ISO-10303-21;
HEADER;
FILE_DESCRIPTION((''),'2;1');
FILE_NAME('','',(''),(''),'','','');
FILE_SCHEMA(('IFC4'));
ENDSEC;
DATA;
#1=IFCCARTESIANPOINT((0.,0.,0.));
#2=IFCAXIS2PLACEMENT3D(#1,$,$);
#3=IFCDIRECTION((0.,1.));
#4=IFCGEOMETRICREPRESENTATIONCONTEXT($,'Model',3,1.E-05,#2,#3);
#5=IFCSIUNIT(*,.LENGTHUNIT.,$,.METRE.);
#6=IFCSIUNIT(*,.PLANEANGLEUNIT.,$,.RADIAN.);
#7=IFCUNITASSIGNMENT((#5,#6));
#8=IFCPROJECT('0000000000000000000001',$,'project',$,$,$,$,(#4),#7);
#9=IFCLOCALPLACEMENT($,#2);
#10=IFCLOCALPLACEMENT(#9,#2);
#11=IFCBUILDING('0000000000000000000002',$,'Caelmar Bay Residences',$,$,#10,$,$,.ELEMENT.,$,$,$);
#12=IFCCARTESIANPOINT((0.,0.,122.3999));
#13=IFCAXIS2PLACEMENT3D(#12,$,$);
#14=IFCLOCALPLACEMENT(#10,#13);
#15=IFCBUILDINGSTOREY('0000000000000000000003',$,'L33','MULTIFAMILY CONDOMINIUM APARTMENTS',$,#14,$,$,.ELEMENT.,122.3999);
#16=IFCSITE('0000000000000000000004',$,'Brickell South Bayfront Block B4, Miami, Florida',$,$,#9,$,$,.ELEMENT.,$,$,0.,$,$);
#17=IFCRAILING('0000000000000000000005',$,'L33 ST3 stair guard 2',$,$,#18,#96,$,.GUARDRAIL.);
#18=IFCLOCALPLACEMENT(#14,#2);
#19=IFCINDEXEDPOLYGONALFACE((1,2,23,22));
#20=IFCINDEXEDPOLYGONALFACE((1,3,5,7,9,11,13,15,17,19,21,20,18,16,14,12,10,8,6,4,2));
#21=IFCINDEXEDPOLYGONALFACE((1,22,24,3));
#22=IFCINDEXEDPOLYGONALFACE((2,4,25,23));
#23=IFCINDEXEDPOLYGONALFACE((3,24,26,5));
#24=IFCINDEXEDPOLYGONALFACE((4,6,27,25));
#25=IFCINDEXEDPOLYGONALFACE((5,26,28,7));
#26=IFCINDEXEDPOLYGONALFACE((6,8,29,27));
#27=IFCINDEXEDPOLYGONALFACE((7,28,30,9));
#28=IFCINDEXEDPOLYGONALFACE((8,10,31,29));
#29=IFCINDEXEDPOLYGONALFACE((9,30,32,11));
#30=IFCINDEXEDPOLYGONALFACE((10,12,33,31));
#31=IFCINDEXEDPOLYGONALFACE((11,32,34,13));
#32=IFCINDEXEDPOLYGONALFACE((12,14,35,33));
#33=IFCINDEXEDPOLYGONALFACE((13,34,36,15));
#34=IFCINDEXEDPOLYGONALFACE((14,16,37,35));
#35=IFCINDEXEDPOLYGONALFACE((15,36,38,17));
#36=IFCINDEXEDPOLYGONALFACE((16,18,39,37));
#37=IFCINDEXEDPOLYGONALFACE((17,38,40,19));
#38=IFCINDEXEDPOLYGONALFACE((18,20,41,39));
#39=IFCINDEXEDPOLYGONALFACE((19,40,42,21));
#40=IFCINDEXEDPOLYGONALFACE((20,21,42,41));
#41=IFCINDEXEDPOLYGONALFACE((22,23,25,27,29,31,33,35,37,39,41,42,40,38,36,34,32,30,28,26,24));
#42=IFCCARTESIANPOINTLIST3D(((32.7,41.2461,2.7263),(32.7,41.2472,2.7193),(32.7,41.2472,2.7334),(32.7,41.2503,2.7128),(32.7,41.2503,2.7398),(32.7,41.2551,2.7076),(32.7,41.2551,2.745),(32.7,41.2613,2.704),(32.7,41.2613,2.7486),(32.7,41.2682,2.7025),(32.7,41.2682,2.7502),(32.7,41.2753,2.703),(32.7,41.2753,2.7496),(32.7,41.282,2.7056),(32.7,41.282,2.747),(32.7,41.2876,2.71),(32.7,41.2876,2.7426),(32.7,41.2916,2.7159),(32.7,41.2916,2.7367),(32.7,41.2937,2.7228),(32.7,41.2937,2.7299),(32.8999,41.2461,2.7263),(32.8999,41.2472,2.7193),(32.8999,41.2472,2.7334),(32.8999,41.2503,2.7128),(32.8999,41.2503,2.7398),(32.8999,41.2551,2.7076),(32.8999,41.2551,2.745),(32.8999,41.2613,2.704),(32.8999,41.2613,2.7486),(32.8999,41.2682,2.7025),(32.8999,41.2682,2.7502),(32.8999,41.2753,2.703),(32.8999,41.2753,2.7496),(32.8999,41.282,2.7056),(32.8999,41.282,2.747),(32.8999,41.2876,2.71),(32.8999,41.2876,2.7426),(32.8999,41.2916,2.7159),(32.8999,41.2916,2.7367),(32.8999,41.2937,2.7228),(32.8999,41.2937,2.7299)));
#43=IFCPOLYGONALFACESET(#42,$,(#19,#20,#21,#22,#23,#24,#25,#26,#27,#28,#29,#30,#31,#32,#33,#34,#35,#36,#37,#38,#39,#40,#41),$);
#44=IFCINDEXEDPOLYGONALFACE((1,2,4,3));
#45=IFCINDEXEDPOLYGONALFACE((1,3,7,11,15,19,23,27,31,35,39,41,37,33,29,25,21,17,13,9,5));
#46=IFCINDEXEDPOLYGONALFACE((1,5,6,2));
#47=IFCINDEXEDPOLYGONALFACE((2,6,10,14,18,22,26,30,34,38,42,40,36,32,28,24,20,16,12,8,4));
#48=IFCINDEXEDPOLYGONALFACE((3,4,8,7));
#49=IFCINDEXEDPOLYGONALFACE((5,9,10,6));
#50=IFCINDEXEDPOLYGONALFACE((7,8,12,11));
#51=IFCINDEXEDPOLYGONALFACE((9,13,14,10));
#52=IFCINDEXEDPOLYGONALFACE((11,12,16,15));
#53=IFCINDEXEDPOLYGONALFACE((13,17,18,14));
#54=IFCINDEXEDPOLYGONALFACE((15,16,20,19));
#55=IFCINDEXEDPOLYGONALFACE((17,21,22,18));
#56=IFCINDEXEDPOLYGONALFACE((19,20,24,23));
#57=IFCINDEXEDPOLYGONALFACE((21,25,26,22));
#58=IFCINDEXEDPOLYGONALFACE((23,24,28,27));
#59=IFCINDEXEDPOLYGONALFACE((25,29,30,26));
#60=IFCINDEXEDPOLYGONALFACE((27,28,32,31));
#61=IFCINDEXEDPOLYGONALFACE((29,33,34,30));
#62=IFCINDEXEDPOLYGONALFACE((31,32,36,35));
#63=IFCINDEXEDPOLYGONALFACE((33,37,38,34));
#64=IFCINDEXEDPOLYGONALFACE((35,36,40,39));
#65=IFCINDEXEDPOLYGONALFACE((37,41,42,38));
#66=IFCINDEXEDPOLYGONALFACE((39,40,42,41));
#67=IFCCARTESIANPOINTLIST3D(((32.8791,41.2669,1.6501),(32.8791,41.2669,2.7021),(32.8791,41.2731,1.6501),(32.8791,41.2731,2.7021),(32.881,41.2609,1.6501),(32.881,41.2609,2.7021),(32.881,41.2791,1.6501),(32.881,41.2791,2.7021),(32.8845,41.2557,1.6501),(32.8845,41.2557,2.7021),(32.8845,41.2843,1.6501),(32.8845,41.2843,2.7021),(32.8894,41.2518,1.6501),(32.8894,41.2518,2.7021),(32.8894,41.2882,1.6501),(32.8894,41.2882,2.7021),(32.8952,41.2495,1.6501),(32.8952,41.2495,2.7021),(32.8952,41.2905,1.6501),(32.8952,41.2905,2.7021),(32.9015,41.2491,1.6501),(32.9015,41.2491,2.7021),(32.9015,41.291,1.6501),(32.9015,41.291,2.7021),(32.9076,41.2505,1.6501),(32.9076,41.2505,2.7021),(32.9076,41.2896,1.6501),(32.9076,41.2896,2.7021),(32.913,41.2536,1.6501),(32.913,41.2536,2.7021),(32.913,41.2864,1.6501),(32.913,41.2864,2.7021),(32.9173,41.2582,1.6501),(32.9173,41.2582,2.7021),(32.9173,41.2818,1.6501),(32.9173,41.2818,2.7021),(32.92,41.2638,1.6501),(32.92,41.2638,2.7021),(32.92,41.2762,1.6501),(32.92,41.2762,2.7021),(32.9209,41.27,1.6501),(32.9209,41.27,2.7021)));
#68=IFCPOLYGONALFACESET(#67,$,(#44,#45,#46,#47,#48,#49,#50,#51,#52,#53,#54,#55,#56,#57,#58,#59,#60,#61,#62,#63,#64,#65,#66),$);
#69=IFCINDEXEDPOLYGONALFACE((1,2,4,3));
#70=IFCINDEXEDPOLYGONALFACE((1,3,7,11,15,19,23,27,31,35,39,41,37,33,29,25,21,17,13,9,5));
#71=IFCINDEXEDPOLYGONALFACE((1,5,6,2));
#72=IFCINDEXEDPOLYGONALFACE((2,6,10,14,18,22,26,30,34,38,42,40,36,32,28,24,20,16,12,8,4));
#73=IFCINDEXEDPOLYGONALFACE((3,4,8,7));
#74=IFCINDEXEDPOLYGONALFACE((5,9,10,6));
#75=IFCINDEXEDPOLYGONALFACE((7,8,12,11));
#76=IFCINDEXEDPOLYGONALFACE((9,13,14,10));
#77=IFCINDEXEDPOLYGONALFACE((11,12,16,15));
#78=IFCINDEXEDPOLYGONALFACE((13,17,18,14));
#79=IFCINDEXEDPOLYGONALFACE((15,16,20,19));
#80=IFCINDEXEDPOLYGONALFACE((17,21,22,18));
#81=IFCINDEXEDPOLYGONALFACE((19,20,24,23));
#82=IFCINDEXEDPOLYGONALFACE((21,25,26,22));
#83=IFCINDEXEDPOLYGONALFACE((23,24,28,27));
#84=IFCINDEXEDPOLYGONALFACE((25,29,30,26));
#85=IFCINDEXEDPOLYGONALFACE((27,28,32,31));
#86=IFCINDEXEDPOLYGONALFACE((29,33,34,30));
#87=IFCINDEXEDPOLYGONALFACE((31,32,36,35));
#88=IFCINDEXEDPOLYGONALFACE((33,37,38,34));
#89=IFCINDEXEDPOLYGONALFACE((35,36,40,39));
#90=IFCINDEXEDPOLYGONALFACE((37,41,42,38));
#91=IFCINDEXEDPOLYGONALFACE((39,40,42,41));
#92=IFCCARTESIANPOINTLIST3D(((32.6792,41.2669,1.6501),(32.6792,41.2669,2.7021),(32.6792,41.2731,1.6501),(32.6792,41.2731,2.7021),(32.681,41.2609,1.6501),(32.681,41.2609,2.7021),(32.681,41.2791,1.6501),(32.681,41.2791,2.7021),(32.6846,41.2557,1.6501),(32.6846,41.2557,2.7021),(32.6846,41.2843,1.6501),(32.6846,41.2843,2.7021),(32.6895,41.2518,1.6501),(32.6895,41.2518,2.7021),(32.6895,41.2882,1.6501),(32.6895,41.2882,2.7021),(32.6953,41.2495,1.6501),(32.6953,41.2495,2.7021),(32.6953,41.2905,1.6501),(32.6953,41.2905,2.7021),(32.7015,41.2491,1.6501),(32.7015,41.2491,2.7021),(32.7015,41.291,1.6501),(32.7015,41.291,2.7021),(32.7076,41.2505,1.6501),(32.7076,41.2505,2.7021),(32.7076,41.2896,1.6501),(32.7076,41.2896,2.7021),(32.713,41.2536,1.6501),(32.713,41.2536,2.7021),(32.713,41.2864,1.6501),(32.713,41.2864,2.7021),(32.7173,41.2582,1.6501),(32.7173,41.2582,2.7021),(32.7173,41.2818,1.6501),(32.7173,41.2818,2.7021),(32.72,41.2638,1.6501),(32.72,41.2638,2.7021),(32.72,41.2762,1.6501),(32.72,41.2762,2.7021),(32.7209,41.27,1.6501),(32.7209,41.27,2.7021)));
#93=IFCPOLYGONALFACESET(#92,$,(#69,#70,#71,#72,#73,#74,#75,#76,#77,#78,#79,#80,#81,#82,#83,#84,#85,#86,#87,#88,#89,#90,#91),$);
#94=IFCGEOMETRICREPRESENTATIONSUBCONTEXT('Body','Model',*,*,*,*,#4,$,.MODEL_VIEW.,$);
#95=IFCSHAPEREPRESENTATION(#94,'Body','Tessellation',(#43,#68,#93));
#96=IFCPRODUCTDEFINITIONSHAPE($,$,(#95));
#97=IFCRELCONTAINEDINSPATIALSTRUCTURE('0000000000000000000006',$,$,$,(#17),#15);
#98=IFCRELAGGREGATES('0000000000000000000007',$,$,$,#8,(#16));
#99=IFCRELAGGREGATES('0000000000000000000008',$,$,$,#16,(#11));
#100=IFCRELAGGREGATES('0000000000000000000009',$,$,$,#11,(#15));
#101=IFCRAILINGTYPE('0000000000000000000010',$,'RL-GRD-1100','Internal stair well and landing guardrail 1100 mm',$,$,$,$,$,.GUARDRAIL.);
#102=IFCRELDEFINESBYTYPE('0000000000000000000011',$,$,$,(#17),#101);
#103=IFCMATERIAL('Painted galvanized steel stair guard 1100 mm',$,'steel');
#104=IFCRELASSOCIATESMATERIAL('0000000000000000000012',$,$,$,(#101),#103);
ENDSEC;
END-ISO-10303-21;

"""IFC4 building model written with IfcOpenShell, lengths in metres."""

from ifc_helpers import new_model, si_unit, direction, frame, origin, origin_2d, place, context, subcontext, project, spatial, circle, extrude, material, type_object, element, save


model = new_model("IFC4")

# Units and contexts
model_context = context("Model", 3, precision=1e-05, world=origin(), true_north=direction((0.0, 1.0)))
body_context = subcontext(model_context, "Body", "Model", "MODEL_VIEW")
ifc_project = project(units=[si_unit("LENGTHUNIT", "METRE"), si_unit("PLANEANGLEUNIT", "RADIAN")], contexts=[model_context])

# Site, building, storey
site_placement = place(None, origin())
site = spatial("IfcSite", under=ifc_project, at=site_placement, Name="Brickell South Bayfront Block B4, Miami, Florida", CompositionType="ELEMENT", RefElevation=0.0)
building_placement = place(site_placement, origin())
building = spatial("IfcBuilding", under=site, at=building_placement, Name="Caelmar Bay Residences", CompositionType="ELEMENT")
storey_placement = place(building_placement, frame((0.0, 0.0, 122.3999)))
storey = spatial("IfcBuildingStorey", under=building, at=storey_placement, Name="L33", Description="MULTIFAMILY CONDOMINIUM APARTMENTS", CompositionType="ELEMENT", Elevation=122.3999)

# Railing
ifc_material_1 = material(Name="Painted galvanized steel stair guard 1100 mm", Category="steel")
railing_type_1 = type_object("IfcRailingType", Name="RL-GRD-1100", Description="Internal stair well and landing guardrail 1100 mm", PredefinedType="GUARDRAIL", material=ifc_material_1)
railing_1_placement = place(storey_placement, frame((32.8999, 41.27, 1.6501)))
element("IfcRailing", 1, at=railing_1_placement, inside=storey, type_object=railing_type_1, Name="L33 ST3 stair guard 2", PredefinedType="GUARDRAIL", context=body_context, shape_type="SweptSolid", body=[
    extrude(circle(Radius=0.0239, at=origin_2d()), frame((0.0, 0.0, 1.0762), z_axis=(-1.0, 0.0, 0.0), x_axis=(0.0, -1.0, 0.0)), (0.0, 0.0, 1.0), 0.2),
    extrude(circle(Radius=0.021, at=origin_2d()), origin(), (0.0, 0.0, 1.0), 1.052),
    extrude(circle(Radius=0.021, at=origin_2d()), frame((-0.2, 0.0, 0.0)), (0.0, 0.0, 1.0), 1.052),
])

save(model, "model.ifc")
